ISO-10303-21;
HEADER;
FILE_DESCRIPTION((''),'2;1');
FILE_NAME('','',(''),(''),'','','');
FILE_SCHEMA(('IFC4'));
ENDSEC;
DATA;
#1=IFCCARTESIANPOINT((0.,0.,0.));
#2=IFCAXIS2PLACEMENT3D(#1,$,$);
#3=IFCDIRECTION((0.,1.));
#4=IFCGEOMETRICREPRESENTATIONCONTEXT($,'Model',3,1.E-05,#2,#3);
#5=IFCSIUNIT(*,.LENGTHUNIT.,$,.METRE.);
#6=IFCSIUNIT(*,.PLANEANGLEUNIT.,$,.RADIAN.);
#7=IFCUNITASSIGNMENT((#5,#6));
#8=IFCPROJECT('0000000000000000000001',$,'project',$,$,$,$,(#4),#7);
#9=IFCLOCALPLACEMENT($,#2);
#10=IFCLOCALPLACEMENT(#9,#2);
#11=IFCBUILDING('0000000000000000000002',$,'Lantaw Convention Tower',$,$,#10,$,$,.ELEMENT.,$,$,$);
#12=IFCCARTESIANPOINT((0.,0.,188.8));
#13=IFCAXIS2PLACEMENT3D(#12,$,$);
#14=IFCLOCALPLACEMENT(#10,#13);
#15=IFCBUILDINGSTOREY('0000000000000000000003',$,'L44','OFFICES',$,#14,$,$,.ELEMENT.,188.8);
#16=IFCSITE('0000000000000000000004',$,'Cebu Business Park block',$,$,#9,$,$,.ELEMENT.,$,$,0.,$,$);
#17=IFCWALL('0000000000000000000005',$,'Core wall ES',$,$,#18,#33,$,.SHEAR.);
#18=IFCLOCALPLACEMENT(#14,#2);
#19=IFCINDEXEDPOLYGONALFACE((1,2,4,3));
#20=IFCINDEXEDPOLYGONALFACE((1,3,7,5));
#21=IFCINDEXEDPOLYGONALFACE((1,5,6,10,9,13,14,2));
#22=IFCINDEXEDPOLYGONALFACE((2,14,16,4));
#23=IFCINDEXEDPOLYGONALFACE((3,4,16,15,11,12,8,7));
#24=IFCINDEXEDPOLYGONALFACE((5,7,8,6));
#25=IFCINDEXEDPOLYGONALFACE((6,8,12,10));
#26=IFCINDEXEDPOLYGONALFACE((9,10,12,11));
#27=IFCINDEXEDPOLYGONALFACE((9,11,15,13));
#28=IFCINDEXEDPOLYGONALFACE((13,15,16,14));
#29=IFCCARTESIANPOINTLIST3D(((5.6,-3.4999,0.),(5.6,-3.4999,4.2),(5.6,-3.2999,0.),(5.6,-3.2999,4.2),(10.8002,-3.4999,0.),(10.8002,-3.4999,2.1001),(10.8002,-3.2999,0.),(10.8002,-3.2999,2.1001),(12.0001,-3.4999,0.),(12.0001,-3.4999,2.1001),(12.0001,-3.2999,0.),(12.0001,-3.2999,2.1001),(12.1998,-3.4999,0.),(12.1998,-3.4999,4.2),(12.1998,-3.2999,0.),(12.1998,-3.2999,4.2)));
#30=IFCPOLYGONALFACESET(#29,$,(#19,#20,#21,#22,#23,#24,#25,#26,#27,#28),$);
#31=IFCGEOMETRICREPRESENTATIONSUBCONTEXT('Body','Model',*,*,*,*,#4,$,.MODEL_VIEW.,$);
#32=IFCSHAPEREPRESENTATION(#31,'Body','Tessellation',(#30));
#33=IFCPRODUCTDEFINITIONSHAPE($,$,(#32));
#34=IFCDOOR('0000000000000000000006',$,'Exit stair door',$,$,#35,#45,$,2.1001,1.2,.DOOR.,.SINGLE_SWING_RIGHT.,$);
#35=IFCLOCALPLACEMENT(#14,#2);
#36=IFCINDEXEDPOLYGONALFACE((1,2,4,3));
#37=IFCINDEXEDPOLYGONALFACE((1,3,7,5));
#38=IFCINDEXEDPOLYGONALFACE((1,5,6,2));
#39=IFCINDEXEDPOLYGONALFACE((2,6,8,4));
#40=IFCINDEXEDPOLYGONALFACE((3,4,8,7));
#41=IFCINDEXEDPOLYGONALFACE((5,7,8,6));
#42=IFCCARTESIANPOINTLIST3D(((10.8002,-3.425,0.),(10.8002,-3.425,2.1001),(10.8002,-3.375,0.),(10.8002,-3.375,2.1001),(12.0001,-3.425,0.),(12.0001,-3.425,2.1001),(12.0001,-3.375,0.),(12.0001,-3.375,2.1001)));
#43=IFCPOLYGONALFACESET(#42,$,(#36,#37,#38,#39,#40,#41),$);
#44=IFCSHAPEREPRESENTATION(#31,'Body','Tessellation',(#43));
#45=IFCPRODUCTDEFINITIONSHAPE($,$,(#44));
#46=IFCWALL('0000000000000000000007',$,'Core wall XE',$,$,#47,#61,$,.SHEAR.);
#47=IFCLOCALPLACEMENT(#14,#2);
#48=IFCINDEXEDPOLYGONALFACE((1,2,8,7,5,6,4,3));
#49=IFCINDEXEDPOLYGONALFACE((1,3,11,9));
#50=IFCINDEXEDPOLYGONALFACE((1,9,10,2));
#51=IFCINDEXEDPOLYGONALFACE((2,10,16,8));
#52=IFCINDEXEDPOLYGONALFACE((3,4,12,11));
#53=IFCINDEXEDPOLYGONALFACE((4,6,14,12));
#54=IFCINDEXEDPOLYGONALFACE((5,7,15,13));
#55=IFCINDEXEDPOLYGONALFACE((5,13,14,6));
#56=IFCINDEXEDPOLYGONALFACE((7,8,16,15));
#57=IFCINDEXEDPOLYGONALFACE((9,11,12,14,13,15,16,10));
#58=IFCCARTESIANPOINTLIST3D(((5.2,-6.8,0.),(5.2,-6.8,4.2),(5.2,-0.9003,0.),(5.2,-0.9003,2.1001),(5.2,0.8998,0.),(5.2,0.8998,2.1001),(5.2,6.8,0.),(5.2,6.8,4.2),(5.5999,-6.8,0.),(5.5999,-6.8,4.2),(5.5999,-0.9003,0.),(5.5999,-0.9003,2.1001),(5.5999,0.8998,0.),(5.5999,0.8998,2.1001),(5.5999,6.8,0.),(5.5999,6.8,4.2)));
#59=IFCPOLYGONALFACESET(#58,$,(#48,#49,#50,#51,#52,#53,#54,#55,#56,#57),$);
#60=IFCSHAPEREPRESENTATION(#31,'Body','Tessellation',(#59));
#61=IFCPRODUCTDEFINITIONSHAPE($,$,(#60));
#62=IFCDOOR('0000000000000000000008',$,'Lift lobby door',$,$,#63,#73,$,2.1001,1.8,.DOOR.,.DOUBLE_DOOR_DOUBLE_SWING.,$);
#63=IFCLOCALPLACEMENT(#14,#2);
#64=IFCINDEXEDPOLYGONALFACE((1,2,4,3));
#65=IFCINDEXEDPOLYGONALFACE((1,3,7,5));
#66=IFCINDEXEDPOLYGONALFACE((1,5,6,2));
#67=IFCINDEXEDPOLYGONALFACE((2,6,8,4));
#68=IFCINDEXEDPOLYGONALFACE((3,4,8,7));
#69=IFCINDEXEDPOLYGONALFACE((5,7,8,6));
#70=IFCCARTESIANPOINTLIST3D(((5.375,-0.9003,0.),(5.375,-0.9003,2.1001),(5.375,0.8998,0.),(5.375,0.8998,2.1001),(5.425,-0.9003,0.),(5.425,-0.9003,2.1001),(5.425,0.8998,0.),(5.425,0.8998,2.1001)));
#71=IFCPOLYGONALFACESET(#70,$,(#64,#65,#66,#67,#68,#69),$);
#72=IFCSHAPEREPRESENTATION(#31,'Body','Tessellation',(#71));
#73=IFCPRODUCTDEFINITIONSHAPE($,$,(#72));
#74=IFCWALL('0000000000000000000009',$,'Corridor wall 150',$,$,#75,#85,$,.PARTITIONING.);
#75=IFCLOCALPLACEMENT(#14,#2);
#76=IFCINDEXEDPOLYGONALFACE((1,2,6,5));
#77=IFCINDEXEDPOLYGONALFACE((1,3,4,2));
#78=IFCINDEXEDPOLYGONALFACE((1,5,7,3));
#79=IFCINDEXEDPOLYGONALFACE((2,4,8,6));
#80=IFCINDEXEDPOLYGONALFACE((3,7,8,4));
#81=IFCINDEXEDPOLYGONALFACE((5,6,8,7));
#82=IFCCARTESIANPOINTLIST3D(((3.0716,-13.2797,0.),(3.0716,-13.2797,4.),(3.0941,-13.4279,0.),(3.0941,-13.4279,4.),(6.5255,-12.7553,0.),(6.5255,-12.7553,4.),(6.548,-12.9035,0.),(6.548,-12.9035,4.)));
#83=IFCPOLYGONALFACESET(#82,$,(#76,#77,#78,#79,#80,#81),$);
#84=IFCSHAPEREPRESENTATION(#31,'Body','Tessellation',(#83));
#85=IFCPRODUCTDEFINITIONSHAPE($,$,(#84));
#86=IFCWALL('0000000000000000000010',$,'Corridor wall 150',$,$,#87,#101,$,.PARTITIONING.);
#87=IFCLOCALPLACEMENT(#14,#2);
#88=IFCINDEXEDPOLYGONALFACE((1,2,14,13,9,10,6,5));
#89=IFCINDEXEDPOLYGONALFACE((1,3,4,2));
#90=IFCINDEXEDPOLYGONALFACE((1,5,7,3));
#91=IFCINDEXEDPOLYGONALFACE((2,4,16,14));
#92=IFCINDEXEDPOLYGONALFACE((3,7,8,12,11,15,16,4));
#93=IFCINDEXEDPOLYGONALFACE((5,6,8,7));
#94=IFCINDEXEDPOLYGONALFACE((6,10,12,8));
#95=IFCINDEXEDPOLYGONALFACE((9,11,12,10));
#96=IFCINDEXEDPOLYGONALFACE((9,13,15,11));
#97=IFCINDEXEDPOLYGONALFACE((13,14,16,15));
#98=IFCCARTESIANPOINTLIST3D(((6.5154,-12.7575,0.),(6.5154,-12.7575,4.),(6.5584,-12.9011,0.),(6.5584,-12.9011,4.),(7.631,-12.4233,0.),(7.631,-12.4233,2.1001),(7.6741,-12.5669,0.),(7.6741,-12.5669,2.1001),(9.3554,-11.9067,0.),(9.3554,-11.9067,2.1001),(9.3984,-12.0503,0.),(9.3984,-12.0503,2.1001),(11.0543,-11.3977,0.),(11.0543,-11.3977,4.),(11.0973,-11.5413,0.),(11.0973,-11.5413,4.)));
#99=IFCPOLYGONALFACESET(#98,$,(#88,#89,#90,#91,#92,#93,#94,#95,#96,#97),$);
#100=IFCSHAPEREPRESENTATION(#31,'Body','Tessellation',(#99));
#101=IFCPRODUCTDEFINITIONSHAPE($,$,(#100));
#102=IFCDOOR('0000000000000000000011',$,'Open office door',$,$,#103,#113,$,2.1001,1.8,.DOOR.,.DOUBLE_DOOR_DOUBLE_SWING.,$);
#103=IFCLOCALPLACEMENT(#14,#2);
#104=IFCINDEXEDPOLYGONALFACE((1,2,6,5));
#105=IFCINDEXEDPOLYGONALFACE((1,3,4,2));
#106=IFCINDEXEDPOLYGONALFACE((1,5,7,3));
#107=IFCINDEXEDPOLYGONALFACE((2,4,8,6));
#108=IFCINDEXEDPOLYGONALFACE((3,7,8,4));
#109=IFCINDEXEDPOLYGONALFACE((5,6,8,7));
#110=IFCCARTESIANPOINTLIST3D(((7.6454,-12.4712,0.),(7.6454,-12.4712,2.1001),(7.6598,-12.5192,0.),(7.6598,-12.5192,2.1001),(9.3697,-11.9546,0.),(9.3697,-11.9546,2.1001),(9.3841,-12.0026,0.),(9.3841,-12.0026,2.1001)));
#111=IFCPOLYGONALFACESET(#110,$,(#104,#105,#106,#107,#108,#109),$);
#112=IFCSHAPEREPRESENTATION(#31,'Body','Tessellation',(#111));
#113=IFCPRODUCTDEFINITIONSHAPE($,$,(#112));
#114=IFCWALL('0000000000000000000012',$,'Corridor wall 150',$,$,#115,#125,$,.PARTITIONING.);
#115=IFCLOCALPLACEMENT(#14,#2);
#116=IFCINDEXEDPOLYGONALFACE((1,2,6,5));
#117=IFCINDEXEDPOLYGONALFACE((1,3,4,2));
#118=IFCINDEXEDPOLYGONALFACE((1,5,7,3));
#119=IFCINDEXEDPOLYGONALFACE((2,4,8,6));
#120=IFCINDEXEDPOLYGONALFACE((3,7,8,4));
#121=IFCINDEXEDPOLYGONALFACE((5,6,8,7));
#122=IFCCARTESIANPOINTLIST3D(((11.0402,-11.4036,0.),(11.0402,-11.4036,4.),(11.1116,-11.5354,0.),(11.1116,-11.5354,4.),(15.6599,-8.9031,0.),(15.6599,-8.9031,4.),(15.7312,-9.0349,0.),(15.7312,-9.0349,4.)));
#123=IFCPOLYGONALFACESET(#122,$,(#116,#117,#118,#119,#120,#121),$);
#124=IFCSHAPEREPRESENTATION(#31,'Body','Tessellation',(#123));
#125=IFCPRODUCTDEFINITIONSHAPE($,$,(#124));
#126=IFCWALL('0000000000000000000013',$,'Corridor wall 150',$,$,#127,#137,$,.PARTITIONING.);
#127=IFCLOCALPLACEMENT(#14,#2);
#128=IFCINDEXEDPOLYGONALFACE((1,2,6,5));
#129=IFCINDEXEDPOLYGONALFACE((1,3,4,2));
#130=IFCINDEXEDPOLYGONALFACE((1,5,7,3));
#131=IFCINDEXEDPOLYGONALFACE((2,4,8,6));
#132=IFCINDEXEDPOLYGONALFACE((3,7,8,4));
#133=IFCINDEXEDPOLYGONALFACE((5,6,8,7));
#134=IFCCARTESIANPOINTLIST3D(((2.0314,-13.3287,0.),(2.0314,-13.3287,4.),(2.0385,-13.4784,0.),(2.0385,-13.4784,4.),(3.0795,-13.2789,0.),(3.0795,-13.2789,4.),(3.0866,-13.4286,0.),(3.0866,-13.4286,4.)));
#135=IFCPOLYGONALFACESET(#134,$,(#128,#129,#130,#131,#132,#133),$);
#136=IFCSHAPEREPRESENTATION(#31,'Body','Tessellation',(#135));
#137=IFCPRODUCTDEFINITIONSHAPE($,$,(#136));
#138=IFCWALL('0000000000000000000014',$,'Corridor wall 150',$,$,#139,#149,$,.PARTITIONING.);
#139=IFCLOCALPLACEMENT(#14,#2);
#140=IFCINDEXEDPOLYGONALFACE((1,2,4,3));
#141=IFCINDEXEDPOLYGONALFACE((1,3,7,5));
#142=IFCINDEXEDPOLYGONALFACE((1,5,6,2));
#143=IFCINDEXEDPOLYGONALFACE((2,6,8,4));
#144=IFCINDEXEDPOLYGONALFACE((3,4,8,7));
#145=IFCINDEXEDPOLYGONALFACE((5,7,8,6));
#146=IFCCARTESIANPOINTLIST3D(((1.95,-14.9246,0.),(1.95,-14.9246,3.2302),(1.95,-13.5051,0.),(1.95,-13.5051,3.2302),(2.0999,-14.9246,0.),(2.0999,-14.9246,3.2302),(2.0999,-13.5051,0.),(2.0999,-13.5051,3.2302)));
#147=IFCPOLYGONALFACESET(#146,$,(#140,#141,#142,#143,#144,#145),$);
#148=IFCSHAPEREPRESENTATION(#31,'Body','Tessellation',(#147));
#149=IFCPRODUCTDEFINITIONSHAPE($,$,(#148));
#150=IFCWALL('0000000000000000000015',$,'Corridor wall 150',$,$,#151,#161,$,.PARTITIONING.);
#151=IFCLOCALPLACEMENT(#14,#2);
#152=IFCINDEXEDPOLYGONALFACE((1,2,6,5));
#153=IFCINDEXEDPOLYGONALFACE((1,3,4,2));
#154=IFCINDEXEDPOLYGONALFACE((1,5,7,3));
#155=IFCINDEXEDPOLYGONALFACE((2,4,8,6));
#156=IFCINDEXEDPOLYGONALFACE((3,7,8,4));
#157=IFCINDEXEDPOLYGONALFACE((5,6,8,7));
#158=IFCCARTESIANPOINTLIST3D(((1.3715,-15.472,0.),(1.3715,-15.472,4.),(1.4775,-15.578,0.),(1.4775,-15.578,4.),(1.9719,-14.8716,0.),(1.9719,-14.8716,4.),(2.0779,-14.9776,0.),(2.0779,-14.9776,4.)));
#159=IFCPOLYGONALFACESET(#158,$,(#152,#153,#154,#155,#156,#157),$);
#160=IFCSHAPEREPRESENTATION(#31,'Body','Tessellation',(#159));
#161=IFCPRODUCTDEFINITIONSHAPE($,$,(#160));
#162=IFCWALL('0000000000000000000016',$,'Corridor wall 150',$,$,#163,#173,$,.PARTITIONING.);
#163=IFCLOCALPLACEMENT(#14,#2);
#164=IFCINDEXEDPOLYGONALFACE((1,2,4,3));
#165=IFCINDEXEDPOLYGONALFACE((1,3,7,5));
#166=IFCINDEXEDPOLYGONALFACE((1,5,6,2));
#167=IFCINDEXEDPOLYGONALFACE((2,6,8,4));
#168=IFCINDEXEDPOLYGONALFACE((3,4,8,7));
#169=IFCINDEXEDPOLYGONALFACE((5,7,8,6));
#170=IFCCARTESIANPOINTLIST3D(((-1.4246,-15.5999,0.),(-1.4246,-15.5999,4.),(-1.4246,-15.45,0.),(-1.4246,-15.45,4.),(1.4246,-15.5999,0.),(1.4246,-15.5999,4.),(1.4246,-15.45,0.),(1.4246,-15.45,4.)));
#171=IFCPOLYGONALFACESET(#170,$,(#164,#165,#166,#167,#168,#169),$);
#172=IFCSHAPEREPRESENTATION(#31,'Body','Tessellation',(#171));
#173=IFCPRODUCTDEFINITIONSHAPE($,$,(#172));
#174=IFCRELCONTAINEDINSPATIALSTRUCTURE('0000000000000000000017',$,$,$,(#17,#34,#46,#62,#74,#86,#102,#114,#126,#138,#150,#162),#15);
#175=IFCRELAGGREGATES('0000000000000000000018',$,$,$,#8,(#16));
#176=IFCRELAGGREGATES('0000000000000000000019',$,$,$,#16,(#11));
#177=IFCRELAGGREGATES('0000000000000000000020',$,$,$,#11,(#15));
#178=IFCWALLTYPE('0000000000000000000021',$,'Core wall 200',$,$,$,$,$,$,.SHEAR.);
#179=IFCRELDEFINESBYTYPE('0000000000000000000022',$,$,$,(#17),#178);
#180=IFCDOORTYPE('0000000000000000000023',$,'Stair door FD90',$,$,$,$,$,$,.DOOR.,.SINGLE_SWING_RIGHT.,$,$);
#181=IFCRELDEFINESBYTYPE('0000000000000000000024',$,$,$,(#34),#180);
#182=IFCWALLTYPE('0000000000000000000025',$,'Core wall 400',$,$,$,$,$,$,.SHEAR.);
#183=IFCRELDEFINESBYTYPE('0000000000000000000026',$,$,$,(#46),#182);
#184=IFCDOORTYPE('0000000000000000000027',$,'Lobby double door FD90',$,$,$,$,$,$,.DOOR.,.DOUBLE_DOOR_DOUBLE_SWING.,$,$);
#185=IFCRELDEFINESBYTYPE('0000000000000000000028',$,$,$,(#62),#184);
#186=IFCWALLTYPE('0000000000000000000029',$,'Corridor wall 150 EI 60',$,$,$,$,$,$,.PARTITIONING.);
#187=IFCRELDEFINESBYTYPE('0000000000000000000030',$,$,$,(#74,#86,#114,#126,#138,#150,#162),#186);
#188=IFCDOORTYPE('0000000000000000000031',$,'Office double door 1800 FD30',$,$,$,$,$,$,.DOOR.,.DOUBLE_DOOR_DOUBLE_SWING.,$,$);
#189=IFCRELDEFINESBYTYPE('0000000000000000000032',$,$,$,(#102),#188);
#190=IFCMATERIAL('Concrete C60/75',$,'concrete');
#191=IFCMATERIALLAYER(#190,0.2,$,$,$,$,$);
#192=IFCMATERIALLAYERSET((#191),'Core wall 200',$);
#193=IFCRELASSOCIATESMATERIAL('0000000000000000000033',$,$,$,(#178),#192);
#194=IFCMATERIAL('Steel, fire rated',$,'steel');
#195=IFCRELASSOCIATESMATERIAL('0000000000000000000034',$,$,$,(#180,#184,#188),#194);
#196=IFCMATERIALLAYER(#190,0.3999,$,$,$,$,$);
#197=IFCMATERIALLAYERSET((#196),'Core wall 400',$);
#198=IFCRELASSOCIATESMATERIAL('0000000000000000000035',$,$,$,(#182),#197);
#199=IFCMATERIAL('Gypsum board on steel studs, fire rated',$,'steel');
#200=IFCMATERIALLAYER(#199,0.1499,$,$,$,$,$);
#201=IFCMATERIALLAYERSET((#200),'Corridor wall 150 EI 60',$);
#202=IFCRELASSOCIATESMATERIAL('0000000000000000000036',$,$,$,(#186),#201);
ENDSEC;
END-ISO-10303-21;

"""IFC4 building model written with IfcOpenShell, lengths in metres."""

from ifc_helpers import new_model, si_unit, direction, frame, frame_2d, origin, place, context, subcontext, project, spatial, rectangle, extrude, material, layer, layer_set, type_object, element, fill, save


model = new_model("IFC4")

# Units and contexts
model_context = context("Model", 3, precision=1e-05, world=origin(), true_north=direction((0.0, 1.0)))
body_context = subcontext(model_context, "Body", "Model", "MODEL_VIEW")
ifc_project = project(units=[si_unit("LENGTHUNIT", "METRE"), si_unit("PLANEANGLEUNIT", "RADIAN")], contexts=[model_context])

# Site, building, storey
site_placement = place(None, origin())
site = spatial("IfcSite", under=ifc_project, at=site_placement, Name="Cebu Business Park block", CompositionType="ELEMENT", RefElevation=0.0)
building_placement = place(site_placement, origin())
building = spatial("IfcBuilding", under=site, at=building_placement, Name="Lantaw Convention Tower", CompositionType="ELEMENT")
storey_placement = place(building_placement, frame((0.0, 0.0, 188.8)))
storey = spatial("IfcBuildingStorey", under=building, at=storey_placement, Name="L44", Description="OFFICES", CompositionType="ELEMENT", Elevation=188.8)

# Walls, openings, doors
ifc_material_1 = material(Name="Concrete C60/75", Category="concrete")
ifc_layer_1 = layer(ifc_material_1, 0.2)
ifc_layer_set_1 = layer_set([ifc_layer_1], Name="Core wall 200")
wall_type_1 = type_object("IfcWallType", Name="Core wall 200", PredefinedType="SHEAR", material=ifc_layer_set_1)
wall_1_placement = place(storey_placement, frame((5.6001, -3.3999, 0.0), z_axis=(0.0, 0.0, 1.0), x_axis=(1.0, 0.0, 0.0)))
wall_1 = element("IfcWall", 1, at=wall_1_placement, inside=storey, type_object=wall_type_1, Name="Core wall ES", PredefinedType="SHEAR", context=body_context, shape_type="SweptSolid", body=[
    extrude(rectangle(XDim=6.5999, YDim=0.2, at=frame_2d((3.2998, 0.0))), origin(), (0.0, 0.0, 1.0), 4.2),
])
opening_1_placement = place(wall_1_placement, frame((5.2, 0.0, 0.0)))
opening_1 = element("IfcOpeningElement", 2, at=opening_1_placement, cuts=wall_1, PredefinedType="OPENING", context=body_context, shape_type="SweptSolid", body=[
    extrude(rectangle(XDim=1.2, YDim=2.1001, at=frame_2d((0.6001, 1.05))), frame((0.0, 0.1099, 0.0), z_axis=(0.0, -1.0, 0.0), x_axis=(1.0, 0.0, 0.0)), (0.0, 0.0, 1.0), 0.22),
])
ifc_material_2 = material(Name="Steel, fire rated", Category="steel")
door_type_1 = type_object("IfcDoorType", Name="Stair door FD90", OperationType="SINGLE_SWING_RIGHT", PredefinedType="DOOR", material=ifc_material_2)
door_1_placement = place(opening_1_placement, origin())
door_1 = element("IfcDoor", 3, at=door_1_placement, inside=storey, type_object=door_type_1, Name="Exit stair door", OperationType="SINGLE_SWING_RIGHT", OverallHeight=2.1001, OverallWidth=1.2, PredefinedType="DOOR", context=body_context, shape_type="SweptSolid", body=[
    extrude(rectangle(XDim=1.2, YDim=2.1001, at=frame_2d((0.6001, 1.05))), frame((0.0, 0.0249, 0.0), z_axis=(0.0, -1.0, 0.0), x_axis=(1.0, 0.0, 0.0)), (0.0, 0.0, 1.0), 0.05),
])
fill(opening_1, door_1)
ifc_layer_2 = layer(ifc_material_1, 0.3999)
ifc_layer_set_2 = layer_set([ifc_layer_2], Name="Core wall 400")
wall_type_2 = type_object("IfcWallType", Name="Core wall 400", PredefinedType="SHEAR", material=ifc_layer_set_2)
wall_2_placement = place(storey_placement, frame((5.3999, -6.8, 0.0), z_axis=(0.0, 0.0, 1.0), x_axis=(0.0, 1.0, 0.0)))
wall_2 = element("IfcWall", 4, at=wall_2_placement, inside=storey, type_object=wall_type_2, Name="Core wall XE", PredefinedType="SHEAR", context=body_context, shape_type="SweptSolid", body=[
    extrude(rectangle(XDim=13.6001, YDim=0.3999, at=frame_2d((6.8, 0.0))), origin(), (0.0, 0.0, 1.0), 4.2),
])
opening_2_placement = place(wall_2_placement, frame((5.8999, 0.0, 0.0)))
opening_2 = element("IfcOpeningElement", 5, at=opening_2_placement, cuts=wall_2, PredefinedType="OPENING", context=body_context, shape_type="SweptSolid", body=[
    extrude(rectangle(XDim=1.8, YDim=2.1001, at=frame_2d((0.8999, 1.05))), frame((0.0, 0.21, 0.0), z_axis=(0.0, -1.0, 0.0), x_axis=(1.0, 0.0, 0.0)), (0.0, 0.0, 1.0), 0.4199),
])
door_type_2 = type_object("IfcDoorType", Name="Lobby double door FD90", OperationType="DOUBLE_DOOR_DOUBLE_SWING", PredefinedType="DOOR", material=ifc_material_2)
door_2_placement = place(opening_2_placement, origin())
door_2 = element("IfcDoor", 6, at=door_2_placement, inside=storey, type_object=door_type_2, Name="Lift lobby door", OperationType="DOUBLE_DOOR_DOUBLE_SWING", OverallHeight=2.1001, OverallWidth=1.8, PredefinedType="DOOR", context=body_context, shape_type="SweptSolid", body=[
    extrude(rectangle(XDim=1.8, YDim=2.1001, at=frame_2d((0.8999, 1.05))), frame((0.0, 0.0249, 0.0), z_axis=(0.0, -1.0, 0.0), x_axis=(1.0, 0.0, 0.0)), (0.0, 0.0, 1.0), 0.05),
])
fill(opening_2, door_2)

# Wall
ifc_material_3 = material(Name="Gypsum board on steel studs, fire rated", Category="steel")
ifc_layer_3 = layer(ifc_material_3, 0.1499)
ifc_layer_set_3 = layer_set([ifc_layer_3], Name="Corridor wall 150 EI 60")
wall_type_3 = type_object("IfcWallType", Name="Corridor wall 150 EI 60", PredefinedType="PARTITIONING", material=ifc_layer_set_3)
wall_3_placement = place(storey_placement, frame((3.083, -13.3538, 0.0), z_axis=(0.0, 0.0, 1.0), x_axis=(0.988669, 0.150114, 0.0)))
element("IfcWall", 7, at=wall_3_placement, inside=storey, type_object=wall_type_3, Name="Corridor wall 150", PredefinedType="PARTITIONING", context=body_context, shape_type="SweptSolid", body=[
    extrude(rectangle(XDim=3.4934, YDim=0.1499, at=frame_2d((1.7466, 0.0))), origin(), (0.0, 0.0, 1.0), 4.0),
])

# Wall, opening, door
wall_4_placement = place(storey_placement, frame((6.5369, -12.8293, 0.0), z_axis=(0.0, 0.0, 1.0), x_axis=(0.957934, 0.286989, 0.0)))
wall_4 = element("IfcWall", 8, at=wall_4_placement, inside=storey, type_object=wall_type_3, Name="Corridor wall 150", PredefinedType="PARTITIONING", context=body_context, shape_type="SweptSolid", body=[
    extrude(rectangle(XDim=4.7383, YDim=0.1499, at=frame_2d((2.3691, 0.0))), origin(), (0.0, 0.0, 1.0), 4.0),
])
opening_3_placement = place(wall_4_placement, frame((1.1648, 0.0, 0.0)))
opening_3 = element("IfcOpeningElement", 9, at=opening_3_placement, cuts=wall_4, PredefinedType="OPENING", context=body_context, shape_type="SweptSolid", body=[
    extrude(rectangle(XDim=1.8, YDim=2.1001, at=frame_2d((0.8999, 1.05))), frame((0.0, 0.085, 0.0), z_axis=(0.0, -1.0, 0.0), x_axis=(1.0, 0.0, 0.0)), (0.0, 0.0, 1.0), 0.1699),
])
door_type_3 = type_object("IfcDoorType", Name="Office double door 1800 FD30", OperationType="DOUBLE_DOOR_DOUBLE_SWING", PredefinedType="DOOR", material=ifc_material_2)
door_3_placement = place(opening_3_placement, origin())
door_3 = element("IfcDoor", 10, at=door_3_placement, inside=storey, type_object=door_type_3, Name="Open office door", OperationType="DOUBLE_DOOR_DOUBLE_SWING", OverallHeight=2.1001, OverallWidth=1.8, PredefinedType="DOOR", context=body_context, shape_type="SweptSolid", body=[
    extrude(rectangle(XDim=1.8, YDim=2.1001, at=frame_2d((0.8999, 1.05))), frame((0.0, 0.0249, 0.0), z_axis=(0.0, -1.0, 0.0), x_axis=(1.0, 0.0, 0.0)), (0.0, 0.0, 1.0), 0.05),
])
fill(opening_3, door_3)

# Walls
wall_5_placement = place(storey_placement, frame((11.0759, -11.4695, 0.0), z_axis=(0.0, 0.0, 1.0), x_axis=(0.879436, 0.476017, 0.0)))
element("IfcWall", 11, at=wall_5_placement, inside=storey, type_object=wall_type_3, Name="Corridor wall 150", PredefinedType="PARTITIONING", context=body_context, shape_type="SweptSolid", body=[
    extrude(rectangle(XDim=5.2529, YDim=0.1499, at=frame_2d((2.6265, 0.0))), origin(), (0.0, 0.0, 1.0), 4.0),
])
wall_6_placement = place(storey_placement, frame((2.0349, -13.4036, 0.0), z_axis=(0.0, 0.0, 1.0), x_axis=(0.998873, 0.047466, 0.0)))
element("IfcWall", 12, at=wall_6_placement, inside=storey, type_object=wall_type_3, Name="Corridor wall 150", PredefinedType="PARTITIONING", context=body_context, shape_type="SweptSolid", body=[
    extrude(rectangle(XDim=1.0493, YDim=0.1499, at=frame_2d((0.5247, 0.0))), origin(), (0.0, 0.0, 1.0), 4.0),
])
wall_7_placement = place(storey_placement, frame((2.0249, -13.5051, 0.0), z_axis=(0.0, 0.0, 1.0), x_axis=(0.0, -1.0, 0.0)))
element("IfcWall", 13, at=wall_7_placement, inside=storey, type_object=wall_type_3, Name="Corridor wall 150", PredefinedType="PARTITIONING", context=body_context, shape_type="SweptSolid", body=[
    extrude(rectangle(XDim=1.4194, YDim=0.1499, at=frame_2d((0.7097, 0.0))), origin(), (0.0, 0.0, 1.0), 3.2302),
])
wall_8_placement = place(storey_placement, frame((2.0249, -14.9246, 0.0), z_axis=(0.0, 0.0, 1.0), x_axis=(-0.707107, -0.707107, 0.0)))
element("IfcWall", 14, at=wall_8_placement, inside=storey, type_object=wall_type_3, Name="Corridor wall 150", PredefinedType="PARTITIONING", context=body_context, shape_type="SweptSolid", body=[
    extrude(rectangle(XDim=0.8491, YDim=0.1499, at=frame_2d((0.4246, 0.0))), origin(), (0.0, 0.0, 1.0), 4.0),
])
wall_9_placement = place(storey_placement, frame((1.4246, -15.5249, 0.0), z_axis=(0.0, 0.0, 1.0), x_axis=(-1.0, 0.0, 0.0)))
element("IfcWall", 15, at=wall_9_placement, inside=storey, type_object=wall_type_3, Name="Corridor wall 150", PredefinedType="PARTITIONING", context=body_context, shape_type="SweptSolid", body=[
    extrude(rectangle(XDim=2.8491, YDim=0.1499, at=frame_2d((1.4246, 0.0))), origin(), (0.0, 0.0, 1.0), 4.0),
])

save(model, "model.ifc")
